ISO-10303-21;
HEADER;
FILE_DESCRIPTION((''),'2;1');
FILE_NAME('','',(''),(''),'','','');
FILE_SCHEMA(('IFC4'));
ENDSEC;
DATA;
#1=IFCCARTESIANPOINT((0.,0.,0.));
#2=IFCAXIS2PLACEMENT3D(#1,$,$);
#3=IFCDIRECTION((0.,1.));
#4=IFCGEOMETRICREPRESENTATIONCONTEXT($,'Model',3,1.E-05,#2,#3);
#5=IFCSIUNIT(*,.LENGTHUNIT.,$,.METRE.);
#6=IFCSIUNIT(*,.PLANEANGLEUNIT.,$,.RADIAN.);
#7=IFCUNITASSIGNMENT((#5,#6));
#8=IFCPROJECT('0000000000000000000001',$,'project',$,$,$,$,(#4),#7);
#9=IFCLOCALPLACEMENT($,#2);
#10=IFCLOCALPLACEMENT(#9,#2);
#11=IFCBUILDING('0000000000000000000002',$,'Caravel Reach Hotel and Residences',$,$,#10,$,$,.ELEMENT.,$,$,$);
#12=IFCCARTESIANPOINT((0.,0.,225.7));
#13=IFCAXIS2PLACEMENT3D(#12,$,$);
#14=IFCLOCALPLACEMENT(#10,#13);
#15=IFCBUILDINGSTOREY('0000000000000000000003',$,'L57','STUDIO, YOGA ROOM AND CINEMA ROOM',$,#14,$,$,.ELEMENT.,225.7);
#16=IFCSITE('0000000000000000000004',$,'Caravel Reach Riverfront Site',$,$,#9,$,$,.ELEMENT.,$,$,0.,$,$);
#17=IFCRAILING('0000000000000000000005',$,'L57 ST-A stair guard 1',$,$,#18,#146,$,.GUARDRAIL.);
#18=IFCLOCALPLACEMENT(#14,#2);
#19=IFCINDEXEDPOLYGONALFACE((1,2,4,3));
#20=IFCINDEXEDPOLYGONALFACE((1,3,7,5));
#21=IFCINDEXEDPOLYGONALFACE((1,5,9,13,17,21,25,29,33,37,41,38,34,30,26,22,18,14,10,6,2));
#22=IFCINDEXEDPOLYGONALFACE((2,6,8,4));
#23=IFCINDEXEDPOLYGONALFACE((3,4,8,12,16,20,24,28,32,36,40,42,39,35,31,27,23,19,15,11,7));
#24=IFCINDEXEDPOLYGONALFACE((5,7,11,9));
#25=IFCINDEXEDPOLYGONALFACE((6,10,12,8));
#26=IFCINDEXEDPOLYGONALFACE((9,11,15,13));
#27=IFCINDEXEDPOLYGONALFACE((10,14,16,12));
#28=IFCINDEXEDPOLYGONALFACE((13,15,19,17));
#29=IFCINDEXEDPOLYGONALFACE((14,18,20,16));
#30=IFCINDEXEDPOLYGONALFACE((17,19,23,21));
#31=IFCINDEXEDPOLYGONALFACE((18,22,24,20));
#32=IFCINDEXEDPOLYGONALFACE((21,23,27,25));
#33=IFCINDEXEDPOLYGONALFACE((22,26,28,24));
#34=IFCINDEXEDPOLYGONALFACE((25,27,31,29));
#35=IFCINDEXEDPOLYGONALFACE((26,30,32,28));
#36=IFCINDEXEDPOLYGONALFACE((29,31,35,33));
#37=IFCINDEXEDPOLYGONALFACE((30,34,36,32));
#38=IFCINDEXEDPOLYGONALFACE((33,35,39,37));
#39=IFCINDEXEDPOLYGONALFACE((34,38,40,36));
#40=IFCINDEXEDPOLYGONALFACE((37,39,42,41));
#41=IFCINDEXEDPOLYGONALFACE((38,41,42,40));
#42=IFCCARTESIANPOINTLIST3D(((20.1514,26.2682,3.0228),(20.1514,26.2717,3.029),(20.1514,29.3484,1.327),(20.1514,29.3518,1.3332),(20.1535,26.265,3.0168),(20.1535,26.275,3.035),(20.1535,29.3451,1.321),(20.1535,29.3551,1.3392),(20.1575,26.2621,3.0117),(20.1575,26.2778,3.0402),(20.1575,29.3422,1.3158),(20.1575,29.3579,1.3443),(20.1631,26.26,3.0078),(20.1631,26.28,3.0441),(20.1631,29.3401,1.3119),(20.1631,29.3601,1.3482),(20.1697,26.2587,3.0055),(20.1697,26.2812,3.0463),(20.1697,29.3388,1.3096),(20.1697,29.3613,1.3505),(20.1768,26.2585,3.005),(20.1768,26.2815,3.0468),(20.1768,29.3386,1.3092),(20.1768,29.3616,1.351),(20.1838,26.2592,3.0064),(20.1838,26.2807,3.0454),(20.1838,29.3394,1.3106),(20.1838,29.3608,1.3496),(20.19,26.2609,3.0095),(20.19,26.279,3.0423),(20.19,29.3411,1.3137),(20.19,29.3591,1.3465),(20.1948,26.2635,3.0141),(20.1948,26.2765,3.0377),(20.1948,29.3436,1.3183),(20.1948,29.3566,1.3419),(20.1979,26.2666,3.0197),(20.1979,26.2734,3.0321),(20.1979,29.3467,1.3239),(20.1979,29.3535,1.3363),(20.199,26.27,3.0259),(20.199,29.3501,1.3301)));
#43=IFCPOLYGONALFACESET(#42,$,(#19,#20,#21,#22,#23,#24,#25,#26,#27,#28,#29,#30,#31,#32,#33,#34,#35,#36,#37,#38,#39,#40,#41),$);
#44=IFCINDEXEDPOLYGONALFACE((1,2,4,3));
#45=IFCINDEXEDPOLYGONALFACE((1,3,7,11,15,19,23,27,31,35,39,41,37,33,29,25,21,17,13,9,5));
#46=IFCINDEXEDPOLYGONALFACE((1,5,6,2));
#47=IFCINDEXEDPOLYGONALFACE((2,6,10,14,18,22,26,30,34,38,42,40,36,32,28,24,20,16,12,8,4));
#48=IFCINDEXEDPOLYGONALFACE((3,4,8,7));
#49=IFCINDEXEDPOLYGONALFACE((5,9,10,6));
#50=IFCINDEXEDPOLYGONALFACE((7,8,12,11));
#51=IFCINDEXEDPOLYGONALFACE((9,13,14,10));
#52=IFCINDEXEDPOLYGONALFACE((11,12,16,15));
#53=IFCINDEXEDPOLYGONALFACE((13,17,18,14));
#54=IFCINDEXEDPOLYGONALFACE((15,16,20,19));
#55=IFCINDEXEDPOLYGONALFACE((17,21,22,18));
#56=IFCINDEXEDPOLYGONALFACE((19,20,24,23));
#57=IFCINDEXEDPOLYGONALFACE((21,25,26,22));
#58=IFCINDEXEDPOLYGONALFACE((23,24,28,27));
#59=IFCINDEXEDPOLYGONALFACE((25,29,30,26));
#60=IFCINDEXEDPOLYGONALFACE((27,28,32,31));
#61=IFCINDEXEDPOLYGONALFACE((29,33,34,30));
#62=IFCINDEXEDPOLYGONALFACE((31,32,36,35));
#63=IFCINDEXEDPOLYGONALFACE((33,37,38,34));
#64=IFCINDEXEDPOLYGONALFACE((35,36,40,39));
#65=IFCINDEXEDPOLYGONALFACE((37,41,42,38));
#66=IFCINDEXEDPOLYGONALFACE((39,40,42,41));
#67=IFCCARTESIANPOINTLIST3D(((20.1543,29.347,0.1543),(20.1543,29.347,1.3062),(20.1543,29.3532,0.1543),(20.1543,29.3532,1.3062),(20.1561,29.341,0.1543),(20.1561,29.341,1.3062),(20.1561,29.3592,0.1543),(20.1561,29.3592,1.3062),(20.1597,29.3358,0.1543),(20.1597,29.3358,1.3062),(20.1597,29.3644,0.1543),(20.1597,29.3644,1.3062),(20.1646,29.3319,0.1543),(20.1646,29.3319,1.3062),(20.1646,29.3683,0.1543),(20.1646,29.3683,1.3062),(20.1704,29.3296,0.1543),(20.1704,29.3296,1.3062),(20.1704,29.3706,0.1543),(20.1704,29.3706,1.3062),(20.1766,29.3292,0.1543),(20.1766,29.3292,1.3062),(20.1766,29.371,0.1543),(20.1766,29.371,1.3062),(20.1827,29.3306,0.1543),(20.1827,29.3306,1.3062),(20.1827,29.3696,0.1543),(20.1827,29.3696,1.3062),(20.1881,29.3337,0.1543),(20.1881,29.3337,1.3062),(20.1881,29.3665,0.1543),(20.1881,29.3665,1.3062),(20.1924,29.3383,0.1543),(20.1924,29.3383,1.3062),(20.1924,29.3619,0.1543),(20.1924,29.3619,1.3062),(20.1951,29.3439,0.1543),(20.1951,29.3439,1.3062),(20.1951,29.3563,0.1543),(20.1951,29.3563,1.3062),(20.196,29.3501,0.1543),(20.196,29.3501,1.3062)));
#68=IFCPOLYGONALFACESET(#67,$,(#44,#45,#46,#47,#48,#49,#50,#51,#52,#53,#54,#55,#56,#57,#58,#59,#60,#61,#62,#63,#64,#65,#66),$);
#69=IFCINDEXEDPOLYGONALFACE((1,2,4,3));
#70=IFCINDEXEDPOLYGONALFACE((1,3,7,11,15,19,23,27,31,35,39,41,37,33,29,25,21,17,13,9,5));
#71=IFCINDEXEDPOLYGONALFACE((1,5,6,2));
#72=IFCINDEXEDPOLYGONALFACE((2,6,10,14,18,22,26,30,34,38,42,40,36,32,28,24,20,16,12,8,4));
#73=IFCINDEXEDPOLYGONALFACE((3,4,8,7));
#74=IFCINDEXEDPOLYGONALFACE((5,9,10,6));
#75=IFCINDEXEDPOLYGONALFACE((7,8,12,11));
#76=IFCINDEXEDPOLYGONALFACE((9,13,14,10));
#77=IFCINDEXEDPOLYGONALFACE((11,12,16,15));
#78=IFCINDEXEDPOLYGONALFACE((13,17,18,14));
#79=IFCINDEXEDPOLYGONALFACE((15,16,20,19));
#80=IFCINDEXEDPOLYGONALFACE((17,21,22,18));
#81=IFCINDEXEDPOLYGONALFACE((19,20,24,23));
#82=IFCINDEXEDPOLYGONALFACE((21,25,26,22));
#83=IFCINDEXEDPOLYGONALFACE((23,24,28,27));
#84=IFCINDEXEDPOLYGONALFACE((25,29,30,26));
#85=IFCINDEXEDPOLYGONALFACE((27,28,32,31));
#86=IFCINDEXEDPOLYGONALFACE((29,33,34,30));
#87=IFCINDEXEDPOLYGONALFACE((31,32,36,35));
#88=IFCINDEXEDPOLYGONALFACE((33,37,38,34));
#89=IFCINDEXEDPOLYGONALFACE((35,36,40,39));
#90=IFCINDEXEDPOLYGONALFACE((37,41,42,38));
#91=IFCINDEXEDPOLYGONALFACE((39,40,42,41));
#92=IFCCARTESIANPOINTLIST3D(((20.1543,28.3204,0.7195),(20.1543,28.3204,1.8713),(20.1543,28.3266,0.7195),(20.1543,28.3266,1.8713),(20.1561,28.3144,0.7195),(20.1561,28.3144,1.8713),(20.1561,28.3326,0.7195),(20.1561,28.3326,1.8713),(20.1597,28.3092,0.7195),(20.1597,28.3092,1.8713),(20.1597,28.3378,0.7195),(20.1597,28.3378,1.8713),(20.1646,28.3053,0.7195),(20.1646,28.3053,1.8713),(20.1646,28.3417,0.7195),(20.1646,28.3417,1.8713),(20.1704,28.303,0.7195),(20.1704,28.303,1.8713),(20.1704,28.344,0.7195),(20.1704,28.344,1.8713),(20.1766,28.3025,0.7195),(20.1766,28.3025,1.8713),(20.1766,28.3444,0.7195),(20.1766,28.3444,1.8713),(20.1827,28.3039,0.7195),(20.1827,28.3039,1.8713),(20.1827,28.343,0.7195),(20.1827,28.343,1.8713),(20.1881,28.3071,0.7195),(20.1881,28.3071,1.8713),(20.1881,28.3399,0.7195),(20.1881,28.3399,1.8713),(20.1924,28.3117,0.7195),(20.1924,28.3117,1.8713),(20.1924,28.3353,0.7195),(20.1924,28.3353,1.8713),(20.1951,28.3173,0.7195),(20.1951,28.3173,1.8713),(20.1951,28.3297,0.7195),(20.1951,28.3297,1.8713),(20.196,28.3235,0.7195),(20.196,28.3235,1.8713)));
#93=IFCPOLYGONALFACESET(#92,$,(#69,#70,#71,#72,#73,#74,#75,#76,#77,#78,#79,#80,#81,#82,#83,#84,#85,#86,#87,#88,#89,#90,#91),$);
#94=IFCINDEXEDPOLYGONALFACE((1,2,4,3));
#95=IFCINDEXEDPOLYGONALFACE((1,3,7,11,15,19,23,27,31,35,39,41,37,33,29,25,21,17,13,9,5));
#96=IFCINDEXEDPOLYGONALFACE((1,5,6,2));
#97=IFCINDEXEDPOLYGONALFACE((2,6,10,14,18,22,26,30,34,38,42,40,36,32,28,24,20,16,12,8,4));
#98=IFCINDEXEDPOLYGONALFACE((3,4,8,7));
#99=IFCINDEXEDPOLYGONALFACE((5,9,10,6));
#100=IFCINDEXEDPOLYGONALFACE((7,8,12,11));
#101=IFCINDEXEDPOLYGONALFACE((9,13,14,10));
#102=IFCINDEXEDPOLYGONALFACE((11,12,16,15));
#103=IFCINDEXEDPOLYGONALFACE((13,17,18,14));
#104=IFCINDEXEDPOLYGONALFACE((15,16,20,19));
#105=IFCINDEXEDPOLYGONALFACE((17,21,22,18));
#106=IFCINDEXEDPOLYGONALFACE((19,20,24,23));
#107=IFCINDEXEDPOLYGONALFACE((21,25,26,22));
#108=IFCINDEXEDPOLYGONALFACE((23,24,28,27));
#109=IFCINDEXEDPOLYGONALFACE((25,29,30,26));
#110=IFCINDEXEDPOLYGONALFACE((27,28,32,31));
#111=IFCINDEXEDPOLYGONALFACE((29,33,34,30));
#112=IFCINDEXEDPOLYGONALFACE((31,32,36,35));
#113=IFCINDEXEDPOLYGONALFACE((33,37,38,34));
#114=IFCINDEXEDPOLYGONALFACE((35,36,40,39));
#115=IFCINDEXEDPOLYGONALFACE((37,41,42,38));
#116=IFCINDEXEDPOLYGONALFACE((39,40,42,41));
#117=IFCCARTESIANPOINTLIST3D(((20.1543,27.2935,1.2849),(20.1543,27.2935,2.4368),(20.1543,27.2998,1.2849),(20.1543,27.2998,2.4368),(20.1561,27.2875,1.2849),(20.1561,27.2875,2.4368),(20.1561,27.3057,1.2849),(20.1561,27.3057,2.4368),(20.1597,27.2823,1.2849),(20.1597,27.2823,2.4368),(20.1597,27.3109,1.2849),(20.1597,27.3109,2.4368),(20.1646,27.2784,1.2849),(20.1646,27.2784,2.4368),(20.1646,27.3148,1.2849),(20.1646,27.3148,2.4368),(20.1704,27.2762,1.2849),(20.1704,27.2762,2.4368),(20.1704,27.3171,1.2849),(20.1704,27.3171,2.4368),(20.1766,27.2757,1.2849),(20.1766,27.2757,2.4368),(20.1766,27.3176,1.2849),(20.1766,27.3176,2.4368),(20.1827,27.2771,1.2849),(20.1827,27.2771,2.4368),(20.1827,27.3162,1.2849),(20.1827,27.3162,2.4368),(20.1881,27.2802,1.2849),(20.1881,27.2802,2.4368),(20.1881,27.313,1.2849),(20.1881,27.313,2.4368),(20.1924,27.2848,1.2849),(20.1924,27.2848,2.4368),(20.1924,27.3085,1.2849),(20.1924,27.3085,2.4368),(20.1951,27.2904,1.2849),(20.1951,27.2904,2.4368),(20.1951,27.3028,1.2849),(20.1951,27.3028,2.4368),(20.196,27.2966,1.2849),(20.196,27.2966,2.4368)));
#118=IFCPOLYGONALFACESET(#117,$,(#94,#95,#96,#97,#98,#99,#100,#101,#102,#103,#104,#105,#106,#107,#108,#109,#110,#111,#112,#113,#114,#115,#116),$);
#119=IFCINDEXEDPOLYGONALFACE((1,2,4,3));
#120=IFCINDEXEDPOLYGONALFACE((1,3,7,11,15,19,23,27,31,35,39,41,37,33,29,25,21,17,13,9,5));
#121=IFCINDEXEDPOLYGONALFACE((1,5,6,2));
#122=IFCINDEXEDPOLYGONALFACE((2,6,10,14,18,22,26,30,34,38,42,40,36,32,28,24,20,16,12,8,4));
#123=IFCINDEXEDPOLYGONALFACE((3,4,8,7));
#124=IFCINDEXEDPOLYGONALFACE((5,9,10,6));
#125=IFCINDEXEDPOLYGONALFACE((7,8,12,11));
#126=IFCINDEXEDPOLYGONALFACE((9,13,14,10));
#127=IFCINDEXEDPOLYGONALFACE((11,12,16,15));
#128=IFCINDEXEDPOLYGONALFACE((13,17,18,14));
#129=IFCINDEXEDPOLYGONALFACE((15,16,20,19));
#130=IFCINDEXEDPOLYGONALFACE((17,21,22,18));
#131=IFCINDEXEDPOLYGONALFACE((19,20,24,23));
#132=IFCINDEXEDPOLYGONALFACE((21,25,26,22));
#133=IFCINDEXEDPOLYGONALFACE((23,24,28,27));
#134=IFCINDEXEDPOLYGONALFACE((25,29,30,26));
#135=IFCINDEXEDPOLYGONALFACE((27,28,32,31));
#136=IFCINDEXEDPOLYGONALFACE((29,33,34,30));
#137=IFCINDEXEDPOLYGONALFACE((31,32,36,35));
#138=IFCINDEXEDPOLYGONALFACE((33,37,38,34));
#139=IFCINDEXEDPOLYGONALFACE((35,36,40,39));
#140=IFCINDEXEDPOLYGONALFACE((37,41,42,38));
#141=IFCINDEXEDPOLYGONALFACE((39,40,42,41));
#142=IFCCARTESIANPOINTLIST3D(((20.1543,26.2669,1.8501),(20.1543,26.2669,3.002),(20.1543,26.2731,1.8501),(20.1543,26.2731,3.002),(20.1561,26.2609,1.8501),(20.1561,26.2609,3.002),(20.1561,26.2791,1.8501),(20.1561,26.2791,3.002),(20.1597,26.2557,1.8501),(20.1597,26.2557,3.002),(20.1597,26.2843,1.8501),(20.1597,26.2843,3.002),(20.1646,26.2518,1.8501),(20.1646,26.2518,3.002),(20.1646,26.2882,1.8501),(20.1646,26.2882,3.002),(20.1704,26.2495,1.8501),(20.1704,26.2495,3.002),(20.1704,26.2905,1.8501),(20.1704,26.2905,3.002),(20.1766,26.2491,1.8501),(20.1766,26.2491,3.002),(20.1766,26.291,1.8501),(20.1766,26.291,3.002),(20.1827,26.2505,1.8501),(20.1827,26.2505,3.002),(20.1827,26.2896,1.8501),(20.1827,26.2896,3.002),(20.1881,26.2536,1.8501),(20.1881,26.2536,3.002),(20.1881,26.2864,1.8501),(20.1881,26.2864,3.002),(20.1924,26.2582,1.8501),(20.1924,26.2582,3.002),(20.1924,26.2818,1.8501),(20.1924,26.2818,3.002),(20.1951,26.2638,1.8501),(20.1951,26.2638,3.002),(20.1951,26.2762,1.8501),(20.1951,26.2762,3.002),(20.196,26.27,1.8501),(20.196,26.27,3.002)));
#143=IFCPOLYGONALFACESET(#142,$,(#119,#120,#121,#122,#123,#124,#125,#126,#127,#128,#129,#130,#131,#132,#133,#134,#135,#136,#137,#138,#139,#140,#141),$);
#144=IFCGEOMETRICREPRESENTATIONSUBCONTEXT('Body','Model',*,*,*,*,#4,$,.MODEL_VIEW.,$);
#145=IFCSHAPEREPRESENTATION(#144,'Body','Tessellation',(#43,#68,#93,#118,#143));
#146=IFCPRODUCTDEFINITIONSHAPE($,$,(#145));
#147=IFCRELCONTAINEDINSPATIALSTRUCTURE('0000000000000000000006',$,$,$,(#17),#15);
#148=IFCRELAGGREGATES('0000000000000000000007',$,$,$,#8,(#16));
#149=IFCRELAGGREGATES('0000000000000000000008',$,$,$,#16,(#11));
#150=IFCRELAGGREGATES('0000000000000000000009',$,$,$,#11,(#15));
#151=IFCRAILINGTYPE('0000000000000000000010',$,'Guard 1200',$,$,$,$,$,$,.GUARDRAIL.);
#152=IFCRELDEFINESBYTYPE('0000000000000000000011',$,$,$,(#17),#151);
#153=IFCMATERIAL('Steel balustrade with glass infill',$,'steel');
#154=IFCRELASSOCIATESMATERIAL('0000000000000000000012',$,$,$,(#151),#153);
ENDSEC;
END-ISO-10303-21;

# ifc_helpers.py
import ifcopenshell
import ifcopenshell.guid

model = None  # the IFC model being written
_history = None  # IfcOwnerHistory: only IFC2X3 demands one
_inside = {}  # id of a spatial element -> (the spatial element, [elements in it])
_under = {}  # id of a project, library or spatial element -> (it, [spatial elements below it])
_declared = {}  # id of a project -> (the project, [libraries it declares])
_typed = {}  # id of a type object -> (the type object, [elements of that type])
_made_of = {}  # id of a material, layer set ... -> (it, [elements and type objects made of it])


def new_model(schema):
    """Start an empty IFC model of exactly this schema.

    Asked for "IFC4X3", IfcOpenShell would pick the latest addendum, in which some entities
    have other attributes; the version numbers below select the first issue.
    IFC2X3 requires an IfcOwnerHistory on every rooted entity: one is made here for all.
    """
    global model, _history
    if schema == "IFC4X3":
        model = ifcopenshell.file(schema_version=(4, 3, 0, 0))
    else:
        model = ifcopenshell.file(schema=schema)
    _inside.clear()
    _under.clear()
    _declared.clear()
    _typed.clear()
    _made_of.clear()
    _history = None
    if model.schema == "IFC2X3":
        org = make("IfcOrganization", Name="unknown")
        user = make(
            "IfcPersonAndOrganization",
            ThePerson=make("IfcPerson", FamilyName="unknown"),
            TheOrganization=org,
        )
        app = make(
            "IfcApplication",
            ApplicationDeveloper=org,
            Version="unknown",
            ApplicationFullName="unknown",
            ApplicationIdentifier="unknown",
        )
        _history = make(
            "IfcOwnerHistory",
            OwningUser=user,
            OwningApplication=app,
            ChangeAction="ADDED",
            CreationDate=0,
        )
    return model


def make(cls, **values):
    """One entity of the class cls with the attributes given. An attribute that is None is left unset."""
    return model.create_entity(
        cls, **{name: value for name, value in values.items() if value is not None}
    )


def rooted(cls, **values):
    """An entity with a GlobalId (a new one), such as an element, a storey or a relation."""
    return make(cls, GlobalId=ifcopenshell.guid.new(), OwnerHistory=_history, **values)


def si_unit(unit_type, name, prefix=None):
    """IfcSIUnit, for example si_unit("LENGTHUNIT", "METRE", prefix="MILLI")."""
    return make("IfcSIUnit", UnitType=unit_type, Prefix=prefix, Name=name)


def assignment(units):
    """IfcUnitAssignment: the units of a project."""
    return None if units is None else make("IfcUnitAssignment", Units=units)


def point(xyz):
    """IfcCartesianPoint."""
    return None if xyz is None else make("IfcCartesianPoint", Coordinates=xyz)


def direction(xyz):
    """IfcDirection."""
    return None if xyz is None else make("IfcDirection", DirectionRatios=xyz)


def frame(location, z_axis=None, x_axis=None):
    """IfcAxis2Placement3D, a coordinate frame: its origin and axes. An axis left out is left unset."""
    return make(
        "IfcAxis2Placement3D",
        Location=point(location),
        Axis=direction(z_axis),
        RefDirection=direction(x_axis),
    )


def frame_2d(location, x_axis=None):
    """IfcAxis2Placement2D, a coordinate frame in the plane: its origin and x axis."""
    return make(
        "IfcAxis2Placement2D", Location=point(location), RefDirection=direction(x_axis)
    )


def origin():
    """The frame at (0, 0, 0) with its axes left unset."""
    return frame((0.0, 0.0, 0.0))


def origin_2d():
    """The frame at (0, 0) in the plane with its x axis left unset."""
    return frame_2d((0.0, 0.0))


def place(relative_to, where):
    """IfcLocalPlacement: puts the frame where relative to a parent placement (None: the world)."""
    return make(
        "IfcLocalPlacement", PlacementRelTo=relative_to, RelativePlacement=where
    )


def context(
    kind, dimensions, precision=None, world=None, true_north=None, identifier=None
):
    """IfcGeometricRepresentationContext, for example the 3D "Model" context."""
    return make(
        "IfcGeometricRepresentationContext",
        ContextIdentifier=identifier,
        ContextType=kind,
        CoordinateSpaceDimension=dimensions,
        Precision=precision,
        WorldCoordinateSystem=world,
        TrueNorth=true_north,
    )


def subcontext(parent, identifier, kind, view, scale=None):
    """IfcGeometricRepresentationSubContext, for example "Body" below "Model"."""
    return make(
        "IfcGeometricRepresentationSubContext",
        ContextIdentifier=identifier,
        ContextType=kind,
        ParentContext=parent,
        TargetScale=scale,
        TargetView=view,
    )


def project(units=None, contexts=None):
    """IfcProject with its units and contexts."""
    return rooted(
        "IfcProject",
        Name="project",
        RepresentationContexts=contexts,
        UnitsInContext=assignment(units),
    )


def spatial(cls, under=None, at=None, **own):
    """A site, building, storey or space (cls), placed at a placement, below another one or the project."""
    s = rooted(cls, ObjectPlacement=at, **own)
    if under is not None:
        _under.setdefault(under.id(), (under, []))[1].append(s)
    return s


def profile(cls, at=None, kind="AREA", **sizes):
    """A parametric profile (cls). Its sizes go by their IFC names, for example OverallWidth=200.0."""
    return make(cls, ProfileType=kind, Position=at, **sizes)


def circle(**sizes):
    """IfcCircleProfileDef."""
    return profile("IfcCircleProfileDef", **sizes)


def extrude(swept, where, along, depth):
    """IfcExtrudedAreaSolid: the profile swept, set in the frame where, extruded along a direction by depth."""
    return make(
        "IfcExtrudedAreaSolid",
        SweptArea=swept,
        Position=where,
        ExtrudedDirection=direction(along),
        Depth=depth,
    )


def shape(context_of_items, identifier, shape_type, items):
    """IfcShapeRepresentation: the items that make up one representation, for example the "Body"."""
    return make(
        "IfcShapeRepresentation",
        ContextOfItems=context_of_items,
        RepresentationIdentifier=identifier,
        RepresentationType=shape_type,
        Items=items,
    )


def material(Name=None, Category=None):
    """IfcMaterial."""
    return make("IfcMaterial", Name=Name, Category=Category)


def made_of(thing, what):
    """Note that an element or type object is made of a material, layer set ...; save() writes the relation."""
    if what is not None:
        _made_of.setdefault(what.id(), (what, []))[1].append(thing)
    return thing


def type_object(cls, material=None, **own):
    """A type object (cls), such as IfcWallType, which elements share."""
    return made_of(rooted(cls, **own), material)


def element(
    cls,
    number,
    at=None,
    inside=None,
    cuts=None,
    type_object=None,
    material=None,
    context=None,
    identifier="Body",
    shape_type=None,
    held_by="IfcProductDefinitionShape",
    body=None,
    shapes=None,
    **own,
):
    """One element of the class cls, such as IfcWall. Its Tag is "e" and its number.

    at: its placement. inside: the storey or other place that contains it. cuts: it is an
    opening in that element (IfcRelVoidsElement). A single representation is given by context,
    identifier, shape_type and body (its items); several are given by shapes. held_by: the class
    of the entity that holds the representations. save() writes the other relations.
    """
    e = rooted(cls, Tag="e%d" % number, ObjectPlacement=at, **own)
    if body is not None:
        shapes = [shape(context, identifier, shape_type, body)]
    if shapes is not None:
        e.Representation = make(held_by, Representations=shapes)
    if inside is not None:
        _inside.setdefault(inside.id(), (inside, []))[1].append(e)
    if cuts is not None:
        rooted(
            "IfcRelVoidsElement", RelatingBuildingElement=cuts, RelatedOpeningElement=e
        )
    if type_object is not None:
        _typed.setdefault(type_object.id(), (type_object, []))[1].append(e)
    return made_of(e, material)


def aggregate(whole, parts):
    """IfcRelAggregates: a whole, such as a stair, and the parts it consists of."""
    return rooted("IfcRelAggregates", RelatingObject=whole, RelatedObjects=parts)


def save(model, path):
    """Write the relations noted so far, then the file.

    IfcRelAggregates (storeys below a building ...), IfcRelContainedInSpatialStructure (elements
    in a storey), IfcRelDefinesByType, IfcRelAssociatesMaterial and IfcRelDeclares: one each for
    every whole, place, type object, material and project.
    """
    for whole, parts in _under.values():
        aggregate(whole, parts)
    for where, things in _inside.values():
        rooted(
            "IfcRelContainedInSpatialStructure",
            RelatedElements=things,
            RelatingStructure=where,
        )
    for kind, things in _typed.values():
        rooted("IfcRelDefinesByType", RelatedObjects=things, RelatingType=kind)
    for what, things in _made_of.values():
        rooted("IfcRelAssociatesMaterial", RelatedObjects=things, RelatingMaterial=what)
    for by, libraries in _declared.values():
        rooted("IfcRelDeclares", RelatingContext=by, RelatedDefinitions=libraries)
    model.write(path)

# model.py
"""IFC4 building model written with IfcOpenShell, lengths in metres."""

from ifc_helpers import new_model, si_unit, direction, frame, origin, origin_2d, place, context, subcontext, project, spatial, circle, extrude, material, type_object, element, save


model = new_model("IFC4")

# Units and contexts
model_context = context("Model", 3, precision=1e-05, world=origin(), true_north=direction((0.0, 1.0)))
body_context = subcontext(model_context, "Body", "Model", "MODEL_VIEW")
ifc_project = project(units=[si_unit("LENGTHUNIT", "METRE"), si_unit("PLANEANGLEUNIT", "RADIAN")], contexts=[model_context])

# Site, building, storey
site_placement = place(None, origin())
site = spatial("IfcSite", under=ifc_project, at=site_placement, Name="Caravel Reach Riverfront Site", CompositionType="ELEMENT", RefElevation=0.0)
building_placement = place(site_placement, origin())
building = spatial("IfcBuilding", under=site, at=building_placement, Name="Caravel Reach Hotel and Residences", CompositionType="ELEMENT")
storey_placement = place(building_placement, frame((0.0, 0.0, 225.7)))
storey = spatial("IfcBuildingStorey", under=building, at=storey_placement, Name="L57", Description="STUDIO, YOGA ROOM AND CINEMA ROOM", CompositionType="ELEMENT", Elevation=225.7)

# Railing
ifc_material_1 = material(Name="Steel balustrade with glass infill", Category="steel")
railing_type_1 = type_object("IfcRailingType", Name="Guard 1200", PredefinedType="GUARDRAIL", material=ifc_material_1)
railing_1_placement = place(storey_placement, frame((20.175, 29.3501, 0.1543)))
element("IfcRailing", 1, at=railing_1_placement, inside=storey, type_object=railing_type_1, Name="L57 ST-A stair guard 1", PredefinedType="GUARDRAIL", context=body_context, shape_type="SweptSolid", body=[
    extrude(circle(Radius=0.0239, at=origin_2d()), frame((0.0, 0.0, 1.1758), z_axis=(0.0, -0.876005, 0.482303), x_axis=(1.0, 0.0, 0.0)), (0.0, 0.0, 1.0), 3.5161),
    extrude(circle(Radius=0.021, at=origin_2d()), origin(), (0.0, 0.0, 1.0), 1.1519),
    extrude(circle(Radius=0.021, at=origin_2d()), frame((0.0, -1.0266, 0.5652)), (0.0, 0.0, 1.0), 1.1519),
    extrude(circle(Radius=0.021, at=origin_2d()), frame((0.0, -2.0535, 1.1306)), (0.0, 0.0, 1.0), 1.1519),
    extrude(circle(Radius=0.021, at=origin_2d()), frame((0.0, -3.0801, 1.6958)), (0.0, 0.0, 1.0), 1.1519),
])

save(model, "model.ifc")
